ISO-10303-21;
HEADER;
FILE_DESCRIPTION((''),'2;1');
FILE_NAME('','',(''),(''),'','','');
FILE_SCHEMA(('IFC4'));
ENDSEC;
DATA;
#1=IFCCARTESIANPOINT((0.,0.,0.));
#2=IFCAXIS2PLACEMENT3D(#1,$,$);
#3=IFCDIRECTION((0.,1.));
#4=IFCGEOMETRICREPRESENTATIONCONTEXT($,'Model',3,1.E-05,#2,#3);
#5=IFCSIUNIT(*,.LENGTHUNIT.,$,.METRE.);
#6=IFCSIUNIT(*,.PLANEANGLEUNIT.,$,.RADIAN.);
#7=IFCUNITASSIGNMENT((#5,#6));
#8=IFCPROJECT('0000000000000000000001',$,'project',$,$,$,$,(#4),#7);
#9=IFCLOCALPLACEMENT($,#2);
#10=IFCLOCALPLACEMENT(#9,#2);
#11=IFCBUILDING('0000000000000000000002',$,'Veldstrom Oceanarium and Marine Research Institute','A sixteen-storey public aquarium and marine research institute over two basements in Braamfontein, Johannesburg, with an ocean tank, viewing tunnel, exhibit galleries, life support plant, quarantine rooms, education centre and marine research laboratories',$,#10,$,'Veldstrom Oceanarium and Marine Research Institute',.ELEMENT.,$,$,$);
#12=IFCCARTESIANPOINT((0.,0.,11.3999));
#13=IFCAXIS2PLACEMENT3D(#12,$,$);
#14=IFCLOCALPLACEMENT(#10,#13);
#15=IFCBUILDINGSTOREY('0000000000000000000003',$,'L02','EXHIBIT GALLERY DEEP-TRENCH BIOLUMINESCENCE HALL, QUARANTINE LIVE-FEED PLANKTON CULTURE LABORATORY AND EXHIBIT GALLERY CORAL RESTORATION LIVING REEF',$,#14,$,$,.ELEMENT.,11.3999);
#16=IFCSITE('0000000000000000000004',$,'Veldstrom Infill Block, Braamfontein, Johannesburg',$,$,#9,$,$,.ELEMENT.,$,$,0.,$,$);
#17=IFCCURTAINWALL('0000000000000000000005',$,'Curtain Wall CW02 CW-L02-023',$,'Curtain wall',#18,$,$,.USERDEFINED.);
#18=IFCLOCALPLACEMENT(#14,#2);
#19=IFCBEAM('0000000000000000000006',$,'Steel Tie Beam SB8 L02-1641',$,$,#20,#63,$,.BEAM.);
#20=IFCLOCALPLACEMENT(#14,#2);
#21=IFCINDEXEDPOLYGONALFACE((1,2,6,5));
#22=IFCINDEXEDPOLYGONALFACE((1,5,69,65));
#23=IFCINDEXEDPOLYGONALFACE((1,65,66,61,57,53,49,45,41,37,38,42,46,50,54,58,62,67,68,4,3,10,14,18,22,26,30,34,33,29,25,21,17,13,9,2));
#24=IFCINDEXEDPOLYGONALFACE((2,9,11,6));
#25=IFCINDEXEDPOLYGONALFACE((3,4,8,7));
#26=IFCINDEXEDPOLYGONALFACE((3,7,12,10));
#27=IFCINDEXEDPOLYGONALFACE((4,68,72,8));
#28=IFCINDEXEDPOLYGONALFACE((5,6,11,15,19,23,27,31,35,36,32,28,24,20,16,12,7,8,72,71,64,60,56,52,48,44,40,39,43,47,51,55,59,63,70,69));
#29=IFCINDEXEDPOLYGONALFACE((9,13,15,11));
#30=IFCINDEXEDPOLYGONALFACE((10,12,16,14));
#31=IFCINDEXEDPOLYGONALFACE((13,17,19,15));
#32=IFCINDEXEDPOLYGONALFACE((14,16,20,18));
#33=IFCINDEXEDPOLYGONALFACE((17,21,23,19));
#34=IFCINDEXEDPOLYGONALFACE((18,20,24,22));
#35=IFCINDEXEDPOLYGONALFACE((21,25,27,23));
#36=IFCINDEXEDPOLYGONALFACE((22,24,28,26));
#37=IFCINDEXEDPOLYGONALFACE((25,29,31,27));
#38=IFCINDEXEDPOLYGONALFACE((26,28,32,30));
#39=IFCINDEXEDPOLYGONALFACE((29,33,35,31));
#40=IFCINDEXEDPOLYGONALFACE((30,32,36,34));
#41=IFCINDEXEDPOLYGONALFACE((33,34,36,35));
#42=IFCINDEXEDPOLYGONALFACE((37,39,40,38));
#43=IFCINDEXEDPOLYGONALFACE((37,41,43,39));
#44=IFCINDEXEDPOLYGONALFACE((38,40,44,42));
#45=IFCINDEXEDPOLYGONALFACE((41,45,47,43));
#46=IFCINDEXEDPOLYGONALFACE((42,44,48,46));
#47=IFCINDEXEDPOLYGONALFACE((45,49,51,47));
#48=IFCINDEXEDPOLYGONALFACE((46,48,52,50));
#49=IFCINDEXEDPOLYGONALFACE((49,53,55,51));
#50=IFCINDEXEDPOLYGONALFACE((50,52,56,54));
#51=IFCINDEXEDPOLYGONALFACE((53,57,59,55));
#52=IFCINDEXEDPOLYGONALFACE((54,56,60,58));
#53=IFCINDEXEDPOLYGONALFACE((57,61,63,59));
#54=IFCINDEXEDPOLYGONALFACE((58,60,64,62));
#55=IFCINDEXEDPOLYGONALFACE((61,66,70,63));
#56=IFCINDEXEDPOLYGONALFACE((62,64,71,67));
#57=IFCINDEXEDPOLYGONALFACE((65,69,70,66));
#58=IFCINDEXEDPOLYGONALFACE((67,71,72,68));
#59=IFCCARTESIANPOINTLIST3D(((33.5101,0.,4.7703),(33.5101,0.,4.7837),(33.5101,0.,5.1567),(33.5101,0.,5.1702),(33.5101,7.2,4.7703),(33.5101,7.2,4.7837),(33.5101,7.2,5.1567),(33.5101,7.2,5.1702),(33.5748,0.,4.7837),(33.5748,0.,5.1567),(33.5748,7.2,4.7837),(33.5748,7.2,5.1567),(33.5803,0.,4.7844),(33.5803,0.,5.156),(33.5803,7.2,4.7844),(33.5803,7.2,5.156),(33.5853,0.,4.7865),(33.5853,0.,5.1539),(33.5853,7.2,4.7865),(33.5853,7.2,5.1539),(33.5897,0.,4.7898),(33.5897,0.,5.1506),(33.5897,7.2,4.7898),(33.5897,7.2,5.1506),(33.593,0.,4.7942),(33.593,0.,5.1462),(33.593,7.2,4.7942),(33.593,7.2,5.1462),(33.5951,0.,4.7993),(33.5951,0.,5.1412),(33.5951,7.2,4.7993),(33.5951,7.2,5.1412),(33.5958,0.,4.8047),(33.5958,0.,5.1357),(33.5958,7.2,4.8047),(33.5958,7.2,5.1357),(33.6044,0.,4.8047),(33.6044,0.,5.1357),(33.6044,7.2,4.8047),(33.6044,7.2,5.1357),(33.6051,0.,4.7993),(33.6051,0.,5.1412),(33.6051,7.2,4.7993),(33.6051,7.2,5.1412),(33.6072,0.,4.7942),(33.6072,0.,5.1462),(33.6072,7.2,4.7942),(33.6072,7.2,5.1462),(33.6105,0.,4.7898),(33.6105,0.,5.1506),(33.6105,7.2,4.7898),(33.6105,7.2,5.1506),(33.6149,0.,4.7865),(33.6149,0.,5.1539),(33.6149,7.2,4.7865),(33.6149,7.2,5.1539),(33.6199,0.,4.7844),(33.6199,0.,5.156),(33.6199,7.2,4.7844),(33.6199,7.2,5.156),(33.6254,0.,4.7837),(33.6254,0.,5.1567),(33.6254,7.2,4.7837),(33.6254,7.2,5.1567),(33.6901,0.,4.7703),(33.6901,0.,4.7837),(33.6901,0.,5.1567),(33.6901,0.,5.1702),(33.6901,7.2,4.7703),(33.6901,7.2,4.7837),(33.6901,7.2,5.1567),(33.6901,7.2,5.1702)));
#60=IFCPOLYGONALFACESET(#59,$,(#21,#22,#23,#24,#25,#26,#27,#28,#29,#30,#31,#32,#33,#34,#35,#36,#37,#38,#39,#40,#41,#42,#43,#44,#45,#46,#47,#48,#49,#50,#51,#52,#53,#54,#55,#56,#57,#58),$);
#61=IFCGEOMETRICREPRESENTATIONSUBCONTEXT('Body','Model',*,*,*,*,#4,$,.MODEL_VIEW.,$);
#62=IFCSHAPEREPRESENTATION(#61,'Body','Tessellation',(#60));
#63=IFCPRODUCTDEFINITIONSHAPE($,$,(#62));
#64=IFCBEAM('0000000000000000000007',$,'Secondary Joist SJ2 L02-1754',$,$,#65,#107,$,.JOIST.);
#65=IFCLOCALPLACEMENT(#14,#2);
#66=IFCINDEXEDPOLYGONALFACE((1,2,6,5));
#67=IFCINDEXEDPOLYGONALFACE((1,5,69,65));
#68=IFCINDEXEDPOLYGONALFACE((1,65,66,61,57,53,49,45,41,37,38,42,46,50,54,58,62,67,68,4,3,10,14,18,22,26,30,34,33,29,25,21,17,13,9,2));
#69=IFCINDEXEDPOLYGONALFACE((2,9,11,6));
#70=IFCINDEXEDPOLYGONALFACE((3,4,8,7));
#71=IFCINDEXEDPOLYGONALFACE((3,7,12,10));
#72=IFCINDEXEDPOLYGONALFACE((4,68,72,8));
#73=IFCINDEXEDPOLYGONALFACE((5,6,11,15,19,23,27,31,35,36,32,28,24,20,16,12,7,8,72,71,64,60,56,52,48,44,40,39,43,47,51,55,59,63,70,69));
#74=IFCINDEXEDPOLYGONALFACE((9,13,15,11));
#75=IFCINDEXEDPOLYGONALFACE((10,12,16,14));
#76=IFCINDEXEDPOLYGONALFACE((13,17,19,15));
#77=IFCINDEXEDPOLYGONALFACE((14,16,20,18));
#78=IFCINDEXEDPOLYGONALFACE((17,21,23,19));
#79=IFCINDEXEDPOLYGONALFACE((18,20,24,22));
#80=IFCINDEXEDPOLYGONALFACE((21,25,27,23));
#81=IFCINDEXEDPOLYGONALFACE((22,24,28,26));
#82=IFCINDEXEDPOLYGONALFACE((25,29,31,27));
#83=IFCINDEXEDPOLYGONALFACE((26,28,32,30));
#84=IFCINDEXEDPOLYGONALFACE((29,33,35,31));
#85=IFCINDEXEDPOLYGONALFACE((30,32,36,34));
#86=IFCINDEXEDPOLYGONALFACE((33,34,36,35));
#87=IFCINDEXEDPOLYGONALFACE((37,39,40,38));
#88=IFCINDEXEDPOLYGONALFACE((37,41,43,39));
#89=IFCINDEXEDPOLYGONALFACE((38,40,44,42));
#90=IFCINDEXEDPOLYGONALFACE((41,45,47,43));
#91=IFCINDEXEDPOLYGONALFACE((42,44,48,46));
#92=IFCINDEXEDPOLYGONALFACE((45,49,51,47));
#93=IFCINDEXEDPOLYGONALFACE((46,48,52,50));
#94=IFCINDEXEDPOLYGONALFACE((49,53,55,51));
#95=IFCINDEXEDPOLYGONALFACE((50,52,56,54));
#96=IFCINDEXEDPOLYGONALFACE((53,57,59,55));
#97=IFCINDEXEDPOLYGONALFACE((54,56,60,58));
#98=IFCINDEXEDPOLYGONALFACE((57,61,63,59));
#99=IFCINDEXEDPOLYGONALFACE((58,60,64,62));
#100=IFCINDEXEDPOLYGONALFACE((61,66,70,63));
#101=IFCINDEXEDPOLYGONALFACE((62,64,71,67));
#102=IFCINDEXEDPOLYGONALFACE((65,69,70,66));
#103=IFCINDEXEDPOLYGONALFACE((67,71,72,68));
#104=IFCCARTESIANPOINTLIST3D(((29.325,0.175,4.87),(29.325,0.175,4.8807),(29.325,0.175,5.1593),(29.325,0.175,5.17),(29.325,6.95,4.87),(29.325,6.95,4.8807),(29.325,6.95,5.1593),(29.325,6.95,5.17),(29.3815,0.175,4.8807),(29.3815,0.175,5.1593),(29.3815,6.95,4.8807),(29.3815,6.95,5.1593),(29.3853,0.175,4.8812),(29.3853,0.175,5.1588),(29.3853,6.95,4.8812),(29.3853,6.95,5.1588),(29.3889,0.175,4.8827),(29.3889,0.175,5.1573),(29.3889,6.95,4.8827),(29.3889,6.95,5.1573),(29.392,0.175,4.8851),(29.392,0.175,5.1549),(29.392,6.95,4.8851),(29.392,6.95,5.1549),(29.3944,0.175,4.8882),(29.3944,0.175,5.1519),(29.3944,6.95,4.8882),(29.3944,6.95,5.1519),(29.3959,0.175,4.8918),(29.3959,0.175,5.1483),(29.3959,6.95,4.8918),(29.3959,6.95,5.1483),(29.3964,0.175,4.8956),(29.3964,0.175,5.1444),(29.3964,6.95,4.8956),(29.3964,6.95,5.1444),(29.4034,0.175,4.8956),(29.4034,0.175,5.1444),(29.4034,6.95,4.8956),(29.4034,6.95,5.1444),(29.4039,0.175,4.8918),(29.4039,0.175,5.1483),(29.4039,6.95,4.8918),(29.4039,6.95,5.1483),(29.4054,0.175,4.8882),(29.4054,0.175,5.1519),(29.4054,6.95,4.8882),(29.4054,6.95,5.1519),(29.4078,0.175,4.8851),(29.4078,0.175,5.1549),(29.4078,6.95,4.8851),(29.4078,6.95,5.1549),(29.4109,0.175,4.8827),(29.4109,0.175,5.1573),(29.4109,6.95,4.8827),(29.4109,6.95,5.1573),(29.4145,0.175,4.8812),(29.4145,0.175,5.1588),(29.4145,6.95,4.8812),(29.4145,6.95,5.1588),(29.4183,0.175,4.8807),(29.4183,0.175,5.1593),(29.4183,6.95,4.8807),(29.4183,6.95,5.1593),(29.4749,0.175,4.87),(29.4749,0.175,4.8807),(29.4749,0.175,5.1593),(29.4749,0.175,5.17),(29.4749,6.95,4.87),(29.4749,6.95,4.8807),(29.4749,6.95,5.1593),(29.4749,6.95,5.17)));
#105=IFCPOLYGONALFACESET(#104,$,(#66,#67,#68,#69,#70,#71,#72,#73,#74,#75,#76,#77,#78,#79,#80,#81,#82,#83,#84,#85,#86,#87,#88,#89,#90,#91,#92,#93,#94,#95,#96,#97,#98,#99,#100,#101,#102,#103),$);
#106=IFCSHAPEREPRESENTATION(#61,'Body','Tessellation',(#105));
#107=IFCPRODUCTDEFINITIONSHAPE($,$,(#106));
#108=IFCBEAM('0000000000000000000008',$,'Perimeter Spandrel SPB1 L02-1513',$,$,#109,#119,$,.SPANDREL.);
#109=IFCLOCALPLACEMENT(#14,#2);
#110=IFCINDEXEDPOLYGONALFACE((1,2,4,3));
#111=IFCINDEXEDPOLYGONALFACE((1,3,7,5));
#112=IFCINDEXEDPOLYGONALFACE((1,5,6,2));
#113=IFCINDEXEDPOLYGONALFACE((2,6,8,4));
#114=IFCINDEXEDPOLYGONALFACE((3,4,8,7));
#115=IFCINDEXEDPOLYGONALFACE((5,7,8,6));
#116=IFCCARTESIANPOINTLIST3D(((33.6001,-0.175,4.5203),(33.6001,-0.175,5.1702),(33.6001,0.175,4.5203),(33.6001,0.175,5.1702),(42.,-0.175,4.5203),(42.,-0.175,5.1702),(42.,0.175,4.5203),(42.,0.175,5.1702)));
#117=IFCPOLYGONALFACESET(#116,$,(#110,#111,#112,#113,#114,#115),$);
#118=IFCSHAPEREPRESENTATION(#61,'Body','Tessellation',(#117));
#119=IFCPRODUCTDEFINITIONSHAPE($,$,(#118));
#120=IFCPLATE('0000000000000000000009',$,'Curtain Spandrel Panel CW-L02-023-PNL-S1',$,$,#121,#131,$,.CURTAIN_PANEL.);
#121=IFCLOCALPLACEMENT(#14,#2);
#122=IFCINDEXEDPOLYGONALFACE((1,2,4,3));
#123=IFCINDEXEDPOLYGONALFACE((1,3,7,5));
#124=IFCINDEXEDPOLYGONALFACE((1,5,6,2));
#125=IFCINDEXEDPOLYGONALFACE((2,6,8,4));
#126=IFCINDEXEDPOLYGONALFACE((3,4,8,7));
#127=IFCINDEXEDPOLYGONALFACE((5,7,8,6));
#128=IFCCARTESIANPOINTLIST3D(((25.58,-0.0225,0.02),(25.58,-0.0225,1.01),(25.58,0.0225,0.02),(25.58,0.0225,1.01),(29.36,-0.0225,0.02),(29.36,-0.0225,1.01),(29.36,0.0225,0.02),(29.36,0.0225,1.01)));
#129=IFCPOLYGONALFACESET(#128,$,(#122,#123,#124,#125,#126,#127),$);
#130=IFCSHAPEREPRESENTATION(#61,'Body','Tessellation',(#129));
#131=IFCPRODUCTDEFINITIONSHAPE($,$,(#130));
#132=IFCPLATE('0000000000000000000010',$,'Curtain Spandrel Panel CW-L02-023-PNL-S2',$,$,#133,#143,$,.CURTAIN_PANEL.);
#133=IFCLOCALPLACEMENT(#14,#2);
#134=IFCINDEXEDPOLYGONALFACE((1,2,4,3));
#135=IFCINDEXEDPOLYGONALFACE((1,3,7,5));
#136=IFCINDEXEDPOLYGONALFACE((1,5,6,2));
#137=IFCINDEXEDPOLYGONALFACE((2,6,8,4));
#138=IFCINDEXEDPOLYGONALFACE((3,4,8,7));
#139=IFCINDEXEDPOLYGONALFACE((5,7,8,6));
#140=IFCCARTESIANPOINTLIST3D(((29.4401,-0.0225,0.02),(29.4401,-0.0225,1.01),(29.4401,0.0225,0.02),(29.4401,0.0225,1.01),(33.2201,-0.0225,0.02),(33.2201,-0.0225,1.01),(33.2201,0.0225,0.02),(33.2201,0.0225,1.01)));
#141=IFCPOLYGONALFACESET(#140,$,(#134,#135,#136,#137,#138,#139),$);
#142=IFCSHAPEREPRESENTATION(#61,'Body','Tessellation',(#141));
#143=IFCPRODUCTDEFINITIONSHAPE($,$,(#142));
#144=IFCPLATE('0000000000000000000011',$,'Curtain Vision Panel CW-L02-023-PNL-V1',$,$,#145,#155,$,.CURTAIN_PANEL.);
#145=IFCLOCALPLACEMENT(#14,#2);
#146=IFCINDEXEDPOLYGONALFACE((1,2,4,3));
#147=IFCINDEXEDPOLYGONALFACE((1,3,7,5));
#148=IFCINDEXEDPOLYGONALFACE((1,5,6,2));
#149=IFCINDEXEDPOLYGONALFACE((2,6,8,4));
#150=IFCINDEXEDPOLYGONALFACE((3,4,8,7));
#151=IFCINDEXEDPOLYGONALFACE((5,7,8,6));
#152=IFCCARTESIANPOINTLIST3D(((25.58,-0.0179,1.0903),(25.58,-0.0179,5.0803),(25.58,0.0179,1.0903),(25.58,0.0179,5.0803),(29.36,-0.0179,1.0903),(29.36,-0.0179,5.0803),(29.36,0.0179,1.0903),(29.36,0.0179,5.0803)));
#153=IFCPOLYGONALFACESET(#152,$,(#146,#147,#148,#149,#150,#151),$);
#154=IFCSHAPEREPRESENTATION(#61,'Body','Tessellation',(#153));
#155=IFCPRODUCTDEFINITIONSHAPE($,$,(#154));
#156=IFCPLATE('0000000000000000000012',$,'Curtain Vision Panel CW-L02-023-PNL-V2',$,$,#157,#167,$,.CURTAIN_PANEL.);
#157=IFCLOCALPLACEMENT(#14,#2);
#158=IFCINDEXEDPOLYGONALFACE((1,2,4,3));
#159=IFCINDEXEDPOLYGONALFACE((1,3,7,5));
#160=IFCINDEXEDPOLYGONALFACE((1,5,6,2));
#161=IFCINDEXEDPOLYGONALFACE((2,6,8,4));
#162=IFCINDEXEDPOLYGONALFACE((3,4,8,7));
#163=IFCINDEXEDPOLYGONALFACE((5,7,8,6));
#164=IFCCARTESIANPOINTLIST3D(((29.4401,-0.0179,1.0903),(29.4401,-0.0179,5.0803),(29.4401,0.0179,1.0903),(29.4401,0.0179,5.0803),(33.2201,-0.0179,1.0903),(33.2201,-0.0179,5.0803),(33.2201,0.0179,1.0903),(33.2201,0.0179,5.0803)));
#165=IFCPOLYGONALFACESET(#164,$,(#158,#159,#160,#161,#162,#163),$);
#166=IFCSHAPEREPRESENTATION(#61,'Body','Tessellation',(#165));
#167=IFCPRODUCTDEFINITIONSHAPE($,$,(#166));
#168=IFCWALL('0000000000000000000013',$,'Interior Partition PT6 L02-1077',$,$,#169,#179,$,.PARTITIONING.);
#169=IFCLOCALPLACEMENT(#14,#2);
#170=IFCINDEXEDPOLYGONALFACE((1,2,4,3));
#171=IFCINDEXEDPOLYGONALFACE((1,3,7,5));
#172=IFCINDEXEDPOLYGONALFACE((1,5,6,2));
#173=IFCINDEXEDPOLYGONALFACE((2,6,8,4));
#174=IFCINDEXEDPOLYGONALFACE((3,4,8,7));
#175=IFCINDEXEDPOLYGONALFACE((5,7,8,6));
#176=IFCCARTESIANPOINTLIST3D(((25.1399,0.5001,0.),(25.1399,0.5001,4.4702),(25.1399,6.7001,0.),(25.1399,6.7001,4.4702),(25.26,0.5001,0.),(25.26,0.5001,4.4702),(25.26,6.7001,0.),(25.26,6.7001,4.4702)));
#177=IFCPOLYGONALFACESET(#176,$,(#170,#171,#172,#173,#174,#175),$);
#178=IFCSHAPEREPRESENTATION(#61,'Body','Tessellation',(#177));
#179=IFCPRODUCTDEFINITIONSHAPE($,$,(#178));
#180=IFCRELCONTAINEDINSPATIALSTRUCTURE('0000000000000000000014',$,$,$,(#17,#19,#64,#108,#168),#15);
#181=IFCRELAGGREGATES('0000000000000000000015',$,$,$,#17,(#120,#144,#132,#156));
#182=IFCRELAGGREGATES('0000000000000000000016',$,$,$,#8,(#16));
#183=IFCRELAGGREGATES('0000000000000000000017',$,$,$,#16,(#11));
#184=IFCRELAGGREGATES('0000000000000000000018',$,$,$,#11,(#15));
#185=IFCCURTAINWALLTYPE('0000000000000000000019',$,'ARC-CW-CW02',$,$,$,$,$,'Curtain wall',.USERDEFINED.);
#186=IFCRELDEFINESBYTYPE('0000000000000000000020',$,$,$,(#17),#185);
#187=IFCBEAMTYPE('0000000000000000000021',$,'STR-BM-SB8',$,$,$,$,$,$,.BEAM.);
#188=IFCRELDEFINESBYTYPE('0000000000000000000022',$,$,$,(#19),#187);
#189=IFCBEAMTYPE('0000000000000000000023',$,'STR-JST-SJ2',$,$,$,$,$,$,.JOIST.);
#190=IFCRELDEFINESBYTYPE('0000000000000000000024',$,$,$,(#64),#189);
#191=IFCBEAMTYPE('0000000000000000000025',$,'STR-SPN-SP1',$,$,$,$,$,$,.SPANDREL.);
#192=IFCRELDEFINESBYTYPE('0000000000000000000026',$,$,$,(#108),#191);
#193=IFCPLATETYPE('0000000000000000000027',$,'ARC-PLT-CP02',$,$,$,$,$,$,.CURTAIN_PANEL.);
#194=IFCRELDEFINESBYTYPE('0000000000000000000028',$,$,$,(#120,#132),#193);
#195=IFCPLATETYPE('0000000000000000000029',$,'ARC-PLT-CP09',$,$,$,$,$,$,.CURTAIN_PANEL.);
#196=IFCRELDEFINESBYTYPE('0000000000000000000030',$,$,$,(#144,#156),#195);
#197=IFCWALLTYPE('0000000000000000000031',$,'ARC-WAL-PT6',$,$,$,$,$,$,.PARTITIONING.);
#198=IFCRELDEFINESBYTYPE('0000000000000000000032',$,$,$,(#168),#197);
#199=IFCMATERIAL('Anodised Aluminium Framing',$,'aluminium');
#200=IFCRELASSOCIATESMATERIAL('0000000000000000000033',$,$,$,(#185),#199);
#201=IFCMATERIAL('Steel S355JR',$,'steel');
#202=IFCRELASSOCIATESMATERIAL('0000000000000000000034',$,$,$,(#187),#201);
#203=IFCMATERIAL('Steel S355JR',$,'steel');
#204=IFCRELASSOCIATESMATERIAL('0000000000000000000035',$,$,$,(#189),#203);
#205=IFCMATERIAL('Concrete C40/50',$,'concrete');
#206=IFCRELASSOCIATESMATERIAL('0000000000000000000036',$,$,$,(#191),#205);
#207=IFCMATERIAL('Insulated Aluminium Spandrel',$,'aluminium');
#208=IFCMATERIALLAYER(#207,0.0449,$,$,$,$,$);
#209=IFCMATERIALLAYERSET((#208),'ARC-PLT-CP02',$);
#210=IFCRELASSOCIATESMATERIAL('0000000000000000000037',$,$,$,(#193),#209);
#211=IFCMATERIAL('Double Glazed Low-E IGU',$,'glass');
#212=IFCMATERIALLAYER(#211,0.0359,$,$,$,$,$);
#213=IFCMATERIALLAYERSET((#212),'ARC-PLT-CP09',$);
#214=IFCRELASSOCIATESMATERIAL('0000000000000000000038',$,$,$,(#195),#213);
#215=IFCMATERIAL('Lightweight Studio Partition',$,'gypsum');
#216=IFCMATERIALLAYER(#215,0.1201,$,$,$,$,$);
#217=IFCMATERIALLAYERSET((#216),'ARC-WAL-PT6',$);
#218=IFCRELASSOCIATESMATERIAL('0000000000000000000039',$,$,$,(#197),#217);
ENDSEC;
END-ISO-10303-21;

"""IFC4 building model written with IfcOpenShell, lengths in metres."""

from ifc_helpers import new_model, si_unit, direction, frame, frame_2d, origin, origin_2d, place, context, subcontext, project, spatial, rectangle, i_section, extrude, material, layer, layer_set, material_profile, profile_set, type_object, element, aggregate, save


model = new_model("IFC4")

# Units and contexts
model_context = context("Model", 3, precision=1e-05, world=origin(), true_north=direction((0.0, 1.0)))
body_context = subcontext(model_context, "Body", "Model", "MODEL_VIEW")
ifc_project = project(units=[si_unit("LENGTHUNIT", "METRE"), si_unit("PLANEANGLEUNIT", "RADIAN")], contexts=[model_context])

# Site, building, storey
site_placement = place(None, origin())
site = spatial("IfcSite", under=ifc_project, at=site_placement, Name="Veldstrom Infill Block, Braamfontein, Johannesburg", CompositionType="ELEMENT", RefElevation=0.0)
building_placement = place(site_placement, origin())
building = spatial("IfcBuilding", under=site, at=building_placement, Name="Veldstrom Oceanarium and Marine Research Institute", Description="A sixteen-storey public aquarium and marine research institute over two basements in Braamfontein, Johannesburg, with an ocean tank, viewing tunnel, exhibit galleries, life support plant, quarantine rooms, education centre and marine research laboratories", LongName="Veldstrom Oceanarium and Marine Research Institute", CompositionType="ELEMENT")
storey_placement = place(building_placement, frame((0.0, 0.0, 11.3999)))
storey = spatial("IfcBuildingStorey", under=building, at=storey_placement, Name="L02", Description="EXHIBIT GALLERY DEEP-TRENCH BIOLUMINESCENCE HALL, QUARANTINE LIVE-FEED PLANKTON CULTURE LABORATORY AND EXHIBIT GALLERY CORAL RESTORATION LIVING REEF", CompositionType="ELEMENT", Elevation=11.3999)

# Curtain wall
ifc_material_1 = material(Name="Anodised Aluminium Framing", Category="aluminium")
curtain_wall_type = type_object("IfcCurtainWallType", Name="ARC-CW-CW02", ElementType="Curtain wall", PredefinedType="USERDEFINED", material=ifc_material_1)
curtain_wall_placement = place(storey_placement, origin())
curtain_wall = element("IfcCurtainWall", 1, at=curtain_wall_placement, inside=storey, type_object=curtain_wall_type, Name="Curtain Wall CW02 CW-L02-023", ObjectType="Curtain wall", PredefinedType="USERDEFINED")

# Beams
ifc_material_2 = material(Name="Steel S355JR", Category="steel")
ifc_material_profile_1 = material_profile(ifc_material_2, i_section(OverallWidth=0.1799, OverallDepth=0.3999, WebThickness=0.0085, FlangeThickness=0.0134, FilletRadius=0.021, at=origin_2d()), Name="IPE 400")
ifc_profile_set_1 = profile_set([ifc_material_profile_1], Name="Steel S355JR")
beam_type_1 = type_object("IfcBeamType", Name="STR-BM-SB8", PredefinedType="BEAM", material=ifc_profile_set_1)
for number, where, z_axis, x_axis, name in (
    (2, (33.6001, 0.0, 4.9702), (0.0, 1.0, 0.0), (-1.0, 0.0, 0.0), "Steel Tie Beam SB8 L02-1641"),
):
    element("IfcBeam", number, at=place(storey_placement, frame(where, z_axis=z_axis, x_axis=x_axis)), inside=storey, type_object=beam_type_1, Name=name, PredefinedType="BEAM", context=body_context, shape_type="SweptSolid", body=[
        extrude(i_section(OverallWidth=0.1799, OverallDepth=0.3999, WebThickness=0.0085, FlangeThickness=0.0134, FilletRadius=0.021, at=origin_2d()), origin(), (0.0, 0.0, 1.0), 7.2),
    ])
ifc_material_3 = material(Name="Steel S355JR", Category="steel")
ifc_material_profile_2 = material_profile(ifc_material_3, i_section(OverallWidth=0.1499, OverallDepth=0.3, WebThickness=0.0071, FlangeThickness=0.0107, FilletRadius=0.0149, at=origin_2d()), Name="IPE 300")
ifc_profile_set_2 = profile_set([ifc_material_profile_2], Name="Steel S355JR")
beam_type_2 = type_object("IfcBeamType", Name="STR-JST-SJ2", PredefinedType="JOIST", material=ifc_profile_set_2)
beam_1_placement = place(storey_placement, frame((29.3999, 0.175, 5.02), z_axis=(0.0, 1.0, 0.0), x_axis=(-1.0, 0.0, 0.0)))
element("IfcBeam", 3, at=beam_1_placement, inside=storey, type_object=beam_type_2, Name="Secondary Joist SJ2 L02-1754", PredefinedType="JOIST", context=body_context, shape_type="SweptSolid", body=[
    extrude(i_section(OverallWidth=0.1499, OverallDepth=0.3, WebThickness=0.0071, FlangeThickness=0.0107, FilletRadius=0.0149, at=origin_2d()), origin(), (0.0, 0.0, 1.0), 6.7749),
])
ifc_material_4 = material(Name="Concrete C40/50", Category="concrete")
ifc_material_profile_3 = material_profile(ifc_material_4, rectangle(XDim=0.3501, YDim=0.6499, at=origin_2d()), Name="RC-SPN-350x650")
ifc_profile_set_3 = profile_set([ifc_material_profile_3], Name="Concrete C40/50")
beam_type_3 = type_object("IfcBeamType", Name="STR-SPN-SP1", PredefinedType="SPANDREL", material=ifc_profile_set_3)
beam_2_placement = place(storey_placement, frame((33.6001, 0.0, 4.8452), z_axis=(1.0, 0.0, 0.0), x_axis=(0.0, 1.0, 0.0)))
element("IfcBeam", 4, at=beam_2_placement, inside=storey, type_object=beam_type_3, Name="Perimeter Spandrel SPB1 L02-1513", PredefinedType="SPANDREL", context=body_context, shape_type="SweptSolid", body=[
    extrude(rectangle(XDim=0.3501, YDim=0.6499, at=origin_2d()), origin(), (0.0, 0.0, 1.0), 8.3999),
])

# Plates
ifc_material_5 = material(Name="Insulated Aluminium Spandrel", Category="aluminium")
ifc_layer_1 = layer(ifc_material_5, 0.0449)
ifc_layer_set_1 = layer_set([ifc_layer_1], Name="ARC-PLT-CP02")
plate_type_1 = type_object("IfcPlateType", Name="ARC-PLT-CP02", PredefinedType="CURTAIN_PANEL", material=ifc_layer_set_1)
plate_1_placement = place(storey_placement, frame((27.47, 0.0, 0.02), z_axis=(0.0, 0.0, 1.0), x_axis=(1.0, 0.0, 0.0)))
plate_1 = element("IfcPlate", 5, at=plate_1_placement, type_object=plate_type_1, Name="Curtain Spandrel Panel CW-L02-023-PNL-S1", PredefinedType="CURTAIN_PANEL", context=body_context, shape_type="SweptSolid", body=[
    extrude(rectangle(XDim=3.78, YDim=0.0449, at=origin_2d()), origin(), (0.0, 0.0, 1.0), 0.99),
])
plate_2_placement = place(storey_placement, frame((31.3301, 0.0, 0.02), z_axis=(0.0, 0.0, 1.0), x_axis=(1.0, 0.0, 0.0)))
plate_2 = element("IfcPlate", 6, at=plate_2_placement, type_object=plate_type_1, Name="Curtain Spandrel Panel CW-L02-023-PNL-S2", PredefinedType="CURTAIN_PANEL", context=body_context, shape_type="SweptSolid", body=[
    extrude(rectangle(XDim=3.78, YDim=0.0449, at=origin_2d()), origin(), (0.0, 0.0, 1.0), 0.99),
])
ifc_material_6 = material(Name="Double Glazed Low-E IGU", Category="glass")
ifc_layer_2 = layer(ifc_material_6, 0.0359)
ifc_layer_set_2 = layer_set([ifc_layer_2], Name="ARC-PLT-CP09")
plate_type_2 = type_object("IfcPlateType", Name="ARC-PLT-CP09", PredefinedType="CURTAIN_PANEL", material=ifc_layer_set_2)
plate_3_placement = place(storey_placement, frame((27.47, 0.0, 1.0903), z_axis=(0.0, 0.0, 1.0), x_axis=(1.0, 0.0, 0.0)))
plate_3 = element("IfcPlate", 7, at=plate_3_placement, type_object=plate_type_2, Name="Curtain Vision Panel CW-L02-023-PNL-V1", PredefinedType="CURTAIN_PANEL", context=body_context, shape_type="SweptSolid", body=[
    extrude(rectangle(XDim=3.78, YDim=0.0359, at=origin_2d()), origin(), (0.0, 0.0, 1.0), 3.99),
])
plate_4_placement = place(storey_placement, frame((31.3301, 0.0, 1.0903), z_axis=(0.0, 0.0, 1.0), x_axis=(1.0, 0.0, 0.0)))
plate_4 = element("IfcPlate", 8, at=plate_4_placement, type_object=plate_type_2, Name="Curtain Vision Panel CW-L02-023-PNL-V2", PredefinedType="CURTAIN_PANEL", context=body_context, shape_type="SweptSolid", body=[
    extrude(rectangle(XDim=3.78, YDim=0.0359, at=origin_2d()), origin(), (0.0, 0.0, 1.0), 3.99),
])
aggregate(curtain_wall, [plate_1, plate_3, plate_2, plate_4])

# Wall
ifc_material_7 = material(Name="Lightweight Studio Partition", Category="gypsum")
ifc_layer_3 = layer(ifc_material_7, 0.1201)
ifc_layer_set_3 = layer_set([ifc_layer_3], Name="ARC-WAL-PT6")
wall_type = type_object("IfcWallType", Name="ARC-WAL-PT6", PredefinedType="PARTITIONING", material=ifc_layer_set_3)
wall_1_placement = place(storey_placement, frame((25.2, 0.5, 0.0), z_axis=(0.0, 0.0, 1.0), x_axis=(0.0, 1.0, 0.0)))
element("IfcWall", 9, at=wall_1_placement, inside=storey, type_object=wall_type, Name="Interior Partition PT6 L02-1077", PredefinedType="PARTITIONING", context=body_context, shape_type="SweptSolid", body=[
    extrude(rectangle(XDim=6.2, YDim=0.1201, at=frame_2d((3.1001, 0.0))), origin(), (0.0, 0.0, 1.0), 4.4702),
])

save(model, "model.ifc")
